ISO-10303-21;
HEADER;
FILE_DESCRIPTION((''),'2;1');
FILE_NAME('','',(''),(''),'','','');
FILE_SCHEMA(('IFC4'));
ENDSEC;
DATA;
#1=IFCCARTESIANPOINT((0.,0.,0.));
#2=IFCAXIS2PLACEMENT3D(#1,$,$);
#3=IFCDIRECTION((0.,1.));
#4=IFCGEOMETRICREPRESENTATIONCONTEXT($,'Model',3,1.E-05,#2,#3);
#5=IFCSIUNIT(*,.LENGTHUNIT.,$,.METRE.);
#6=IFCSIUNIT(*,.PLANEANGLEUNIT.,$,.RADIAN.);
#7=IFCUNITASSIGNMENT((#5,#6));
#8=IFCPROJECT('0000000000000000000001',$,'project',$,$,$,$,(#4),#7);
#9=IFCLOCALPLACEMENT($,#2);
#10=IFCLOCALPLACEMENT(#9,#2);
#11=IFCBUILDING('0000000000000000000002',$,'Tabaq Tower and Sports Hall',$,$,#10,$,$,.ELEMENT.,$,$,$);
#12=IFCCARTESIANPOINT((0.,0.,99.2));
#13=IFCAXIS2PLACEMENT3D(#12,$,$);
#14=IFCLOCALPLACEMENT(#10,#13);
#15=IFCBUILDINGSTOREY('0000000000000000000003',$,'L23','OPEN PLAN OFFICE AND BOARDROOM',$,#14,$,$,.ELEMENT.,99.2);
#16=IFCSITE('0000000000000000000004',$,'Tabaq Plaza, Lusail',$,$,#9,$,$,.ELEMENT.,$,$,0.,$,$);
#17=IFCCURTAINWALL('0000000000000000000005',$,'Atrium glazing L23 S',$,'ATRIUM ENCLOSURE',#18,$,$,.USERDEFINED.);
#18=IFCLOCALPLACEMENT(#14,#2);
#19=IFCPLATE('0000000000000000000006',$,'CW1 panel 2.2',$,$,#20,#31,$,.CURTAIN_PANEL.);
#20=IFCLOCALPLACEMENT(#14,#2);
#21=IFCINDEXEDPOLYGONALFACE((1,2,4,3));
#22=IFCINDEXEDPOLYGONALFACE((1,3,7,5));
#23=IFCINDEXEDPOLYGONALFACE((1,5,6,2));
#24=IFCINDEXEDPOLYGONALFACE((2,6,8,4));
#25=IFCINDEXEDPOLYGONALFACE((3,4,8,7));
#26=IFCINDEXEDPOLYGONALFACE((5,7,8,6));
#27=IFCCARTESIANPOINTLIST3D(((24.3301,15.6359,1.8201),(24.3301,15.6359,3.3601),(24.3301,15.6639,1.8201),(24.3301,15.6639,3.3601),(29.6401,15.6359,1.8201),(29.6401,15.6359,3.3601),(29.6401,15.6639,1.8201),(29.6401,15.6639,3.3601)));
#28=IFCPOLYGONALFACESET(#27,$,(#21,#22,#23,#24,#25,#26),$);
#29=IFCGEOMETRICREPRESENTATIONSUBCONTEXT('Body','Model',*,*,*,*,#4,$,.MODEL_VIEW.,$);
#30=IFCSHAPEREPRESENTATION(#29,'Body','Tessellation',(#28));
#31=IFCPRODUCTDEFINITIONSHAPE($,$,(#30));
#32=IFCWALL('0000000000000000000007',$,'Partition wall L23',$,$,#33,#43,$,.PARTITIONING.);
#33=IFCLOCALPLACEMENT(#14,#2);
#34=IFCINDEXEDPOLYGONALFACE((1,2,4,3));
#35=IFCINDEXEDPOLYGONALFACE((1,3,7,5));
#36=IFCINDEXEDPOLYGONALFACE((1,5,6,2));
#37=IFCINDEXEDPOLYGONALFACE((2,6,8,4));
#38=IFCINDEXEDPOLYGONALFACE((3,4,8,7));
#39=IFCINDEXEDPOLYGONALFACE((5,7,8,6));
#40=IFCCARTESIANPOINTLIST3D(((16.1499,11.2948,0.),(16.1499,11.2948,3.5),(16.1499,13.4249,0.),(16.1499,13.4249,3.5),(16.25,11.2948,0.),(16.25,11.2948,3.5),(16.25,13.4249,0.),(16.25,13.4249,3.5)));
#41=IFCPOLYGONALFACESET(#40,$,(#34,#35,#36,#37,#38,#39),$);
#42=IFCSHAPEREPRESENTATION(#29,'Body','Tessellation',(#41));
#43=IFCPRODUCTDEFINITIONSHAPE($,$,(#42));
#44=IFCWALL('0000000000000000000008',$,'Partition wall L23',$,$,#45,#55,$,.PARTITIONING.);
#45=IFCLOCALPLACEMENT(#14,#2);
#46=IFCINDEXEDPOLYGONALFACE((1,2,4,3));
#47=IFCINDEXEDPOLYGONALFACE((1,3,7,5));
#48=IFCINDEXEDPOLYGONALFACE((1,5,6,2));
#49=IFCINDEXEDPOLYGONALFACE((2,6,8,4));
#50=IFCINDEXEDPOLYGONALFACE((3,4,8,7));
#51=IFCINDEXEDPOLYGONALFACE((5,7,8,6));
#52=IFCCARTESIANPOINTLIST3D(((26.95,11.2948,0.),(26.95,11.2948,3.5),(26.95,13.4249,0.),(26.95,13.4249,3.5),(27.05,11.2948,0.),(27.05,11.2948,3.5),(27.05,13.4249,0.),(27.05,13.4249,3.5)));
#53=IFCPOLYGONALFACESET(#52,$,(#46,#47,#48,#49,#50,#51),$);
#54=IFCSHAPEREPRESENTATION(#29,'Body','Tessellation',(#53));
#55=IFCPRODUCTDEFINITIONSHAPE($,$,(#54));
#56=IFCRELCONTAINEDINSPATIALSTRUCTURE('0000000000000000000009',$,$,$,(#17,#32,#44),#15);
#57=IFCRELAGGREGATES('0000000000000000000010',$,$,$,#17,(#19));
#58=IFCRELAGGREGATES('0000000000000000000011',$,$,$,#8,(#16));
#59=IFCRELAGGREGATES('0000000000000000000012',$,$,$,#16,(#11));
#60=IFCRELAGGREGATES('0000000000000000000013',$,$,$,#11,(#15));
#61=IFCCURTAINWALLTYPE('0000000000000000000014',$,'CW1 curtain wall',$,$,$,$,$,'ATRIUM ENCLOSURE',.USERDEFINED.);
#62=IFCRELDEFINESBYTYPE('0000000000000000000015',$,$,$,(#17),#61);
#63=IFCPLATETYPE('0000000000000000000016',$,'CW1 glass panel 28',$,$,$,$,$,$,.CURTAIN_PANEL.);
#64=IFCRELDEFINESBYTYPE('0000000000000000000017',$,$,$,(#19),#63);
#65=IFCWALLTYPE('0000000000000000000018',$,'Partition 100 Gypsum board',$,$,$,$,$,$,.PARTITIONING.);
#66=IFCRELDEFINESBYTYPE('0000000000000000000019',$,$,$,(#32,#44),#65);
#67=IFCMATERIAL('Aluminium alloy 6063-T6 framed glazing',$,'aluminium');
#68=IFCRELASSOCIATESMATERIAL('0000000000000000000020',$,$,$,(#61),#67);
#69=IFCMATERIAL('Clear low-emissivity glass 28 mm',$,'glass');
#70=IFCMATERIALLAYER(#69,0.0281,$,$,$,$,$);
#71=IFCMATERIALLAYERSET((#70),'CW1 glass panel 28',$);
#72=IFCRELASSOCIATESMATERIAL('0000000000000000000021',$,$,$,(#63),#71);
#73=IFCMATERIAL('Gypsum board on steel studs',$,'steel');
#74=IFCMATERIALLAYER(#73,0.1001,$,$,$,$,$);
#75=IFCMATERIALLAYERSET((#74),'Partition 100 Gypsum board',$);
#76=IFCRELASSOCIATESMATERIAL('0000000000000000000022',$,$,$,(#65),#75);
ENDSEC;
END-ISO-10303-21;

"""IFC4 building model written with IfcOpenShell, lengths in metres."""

from ifc_helpers import new_model, si_unit, direction, frame, frame_2d, origin, origin_2d, place, context, subcontext, project, spatial, rectangle, extrude, material, layer, layer_set, type_object, element, aggregate, save


model = new_model("IFC4")

# Units and contexts
model_context = context("Model", 3, precision=1e-05, world=origin(), true_north=direction((0.0, 1.0)))
body_context = subcontext(model_context, "Body", "Model", "MODEL_VIEW")
ifc_project = project(units=[si_unit("LENGTHUNIT", "METRE"), si_unit("PLANEANGLEUNIT", "RADIAN")], contexts=[model_context])

# Site, building, storey
site_placement = place(None, origin())
site = spatial("IfcSite", under=ifc_project, at=site_placement, Name="Tabaq Plaza, Lusail", CompositionType="ELEMENT", RefElevation=0.0)
building_placement = place(site_placement, origin())
building = spatial("IfcBuilding", under=site, at=building_placement, Name="Tabaq Tower and Sports Hall", CompositionType="ELEMENT")
storey_placement = place(building_placement, frame((0.0, 0.0, 99.2)))
storey = spatial("IfcBuildingStorey", under=building, at=storey_placement, Name="L23", Description="OPEN PLAN OFFICE AND BOARDROOM", CompositionType="ELEMENT", Elevation=99.2)

# Curtain wall
ifc_material_1 = material(Name="Aluminium alloy 6063-T6 framed glazing", Category="aluminium")
curtain_wall_type = type_object("IfcCurtainWallType", Name="CW1 curtain wall", ElementType="ATRIUM ENCLOSURE", PredefinedType="USERDEFINED", material=ifc_material_1)
curtain_wall_placement = place(storey_placement, origin())
curtain_wall = element("IfcCurtainWall", 1, at=curtain_wall_placement, inside=storey, type_object=curtain_wall_type, Name="Atrium glazing L23 S", ObjectType="ATRIUM ENCLOSURE", PredefinedType="USERDEFINED")

# Plate
ifc_material_2 = material(Name="Clear low-emissivity glass 28 mm", Category="glass")
ifc_layer_1 = layer(ifc_material_2, 0.0281)
ifc_layer_set_1 = layer_set([ifc_layer_1], Name="CW1 glass panel 28")
plate_type = type_object("IfcPlateType", Name="CW1 glass panel 28", PredefinedType="CURTAIN_PANEL", material=ifc_layer_set_1)
plate_1_placement = place(storey_placement, frame((26.9851, 15.6499, 1.8201), z_axis=(0.0, 0.0, 1.0), x_axis=(1.0, 0.0, 0.0)))
plate_1 = element("IfcPlate", 2, at=plate_1_placement, type_object=plate_type, Name="CW1 panel 2.2", PredefinedType="CURTAIN_PANEL", context=body_context, shape_type="SweptSolid", body=[
    extrude(rectangle(XDim=5.3101, YDim=0.0281, at=origin_2d()), origin(), (0.0, 0.0, 1.0), 1.54),
])
aggregate(curtain_wall, [plate_1])

# Walls
ifc_material_3 = material(Name="Gypsum board on steel studs", Category="steel")
ifc_layer_2 = layer(ifc_material_3, 0.1001)
ifc_layer_set_2 = layer_set([ifc_layer_2], Name="Partition 100 Gypsum board")
wall_type_1 = type_object("IfcWallType", Name="Partition 100 Gypsum board", PredefinedType="PARTITIONING", material=ifc_layer_set_2)
for number, where, z_axis, x_axis, name in (
    (3, (16.2, 11.2949, 0.0), (0.0, 0.0, 1.0), (0.0, 1.0, 0.0), "Partition wall L23"),
    (4, (27.0, 11.2949, 0.0), (0.0, 0.0, 1.0), (0.0, 1.0, 0.0), "Partition wall L23"),
):
    element("IfcWall", number, at=place(storey_placement, frame(where, z_axis=z_axis, x_axis=x_axis)), inside=storey, type_object=wall_type_1, Name=name, PredefinedType="PARTITIONING", context=body_context, shape_type="SweptSolid", body=[
        extrude(rectangle(XDim=2.1301, YDim=0.1001, at=frame_2d((1.0649, 0.0))), origin(), (0.0, 0.0, 1.0), 3.5),
    ])

save(model, "model.ifc")
